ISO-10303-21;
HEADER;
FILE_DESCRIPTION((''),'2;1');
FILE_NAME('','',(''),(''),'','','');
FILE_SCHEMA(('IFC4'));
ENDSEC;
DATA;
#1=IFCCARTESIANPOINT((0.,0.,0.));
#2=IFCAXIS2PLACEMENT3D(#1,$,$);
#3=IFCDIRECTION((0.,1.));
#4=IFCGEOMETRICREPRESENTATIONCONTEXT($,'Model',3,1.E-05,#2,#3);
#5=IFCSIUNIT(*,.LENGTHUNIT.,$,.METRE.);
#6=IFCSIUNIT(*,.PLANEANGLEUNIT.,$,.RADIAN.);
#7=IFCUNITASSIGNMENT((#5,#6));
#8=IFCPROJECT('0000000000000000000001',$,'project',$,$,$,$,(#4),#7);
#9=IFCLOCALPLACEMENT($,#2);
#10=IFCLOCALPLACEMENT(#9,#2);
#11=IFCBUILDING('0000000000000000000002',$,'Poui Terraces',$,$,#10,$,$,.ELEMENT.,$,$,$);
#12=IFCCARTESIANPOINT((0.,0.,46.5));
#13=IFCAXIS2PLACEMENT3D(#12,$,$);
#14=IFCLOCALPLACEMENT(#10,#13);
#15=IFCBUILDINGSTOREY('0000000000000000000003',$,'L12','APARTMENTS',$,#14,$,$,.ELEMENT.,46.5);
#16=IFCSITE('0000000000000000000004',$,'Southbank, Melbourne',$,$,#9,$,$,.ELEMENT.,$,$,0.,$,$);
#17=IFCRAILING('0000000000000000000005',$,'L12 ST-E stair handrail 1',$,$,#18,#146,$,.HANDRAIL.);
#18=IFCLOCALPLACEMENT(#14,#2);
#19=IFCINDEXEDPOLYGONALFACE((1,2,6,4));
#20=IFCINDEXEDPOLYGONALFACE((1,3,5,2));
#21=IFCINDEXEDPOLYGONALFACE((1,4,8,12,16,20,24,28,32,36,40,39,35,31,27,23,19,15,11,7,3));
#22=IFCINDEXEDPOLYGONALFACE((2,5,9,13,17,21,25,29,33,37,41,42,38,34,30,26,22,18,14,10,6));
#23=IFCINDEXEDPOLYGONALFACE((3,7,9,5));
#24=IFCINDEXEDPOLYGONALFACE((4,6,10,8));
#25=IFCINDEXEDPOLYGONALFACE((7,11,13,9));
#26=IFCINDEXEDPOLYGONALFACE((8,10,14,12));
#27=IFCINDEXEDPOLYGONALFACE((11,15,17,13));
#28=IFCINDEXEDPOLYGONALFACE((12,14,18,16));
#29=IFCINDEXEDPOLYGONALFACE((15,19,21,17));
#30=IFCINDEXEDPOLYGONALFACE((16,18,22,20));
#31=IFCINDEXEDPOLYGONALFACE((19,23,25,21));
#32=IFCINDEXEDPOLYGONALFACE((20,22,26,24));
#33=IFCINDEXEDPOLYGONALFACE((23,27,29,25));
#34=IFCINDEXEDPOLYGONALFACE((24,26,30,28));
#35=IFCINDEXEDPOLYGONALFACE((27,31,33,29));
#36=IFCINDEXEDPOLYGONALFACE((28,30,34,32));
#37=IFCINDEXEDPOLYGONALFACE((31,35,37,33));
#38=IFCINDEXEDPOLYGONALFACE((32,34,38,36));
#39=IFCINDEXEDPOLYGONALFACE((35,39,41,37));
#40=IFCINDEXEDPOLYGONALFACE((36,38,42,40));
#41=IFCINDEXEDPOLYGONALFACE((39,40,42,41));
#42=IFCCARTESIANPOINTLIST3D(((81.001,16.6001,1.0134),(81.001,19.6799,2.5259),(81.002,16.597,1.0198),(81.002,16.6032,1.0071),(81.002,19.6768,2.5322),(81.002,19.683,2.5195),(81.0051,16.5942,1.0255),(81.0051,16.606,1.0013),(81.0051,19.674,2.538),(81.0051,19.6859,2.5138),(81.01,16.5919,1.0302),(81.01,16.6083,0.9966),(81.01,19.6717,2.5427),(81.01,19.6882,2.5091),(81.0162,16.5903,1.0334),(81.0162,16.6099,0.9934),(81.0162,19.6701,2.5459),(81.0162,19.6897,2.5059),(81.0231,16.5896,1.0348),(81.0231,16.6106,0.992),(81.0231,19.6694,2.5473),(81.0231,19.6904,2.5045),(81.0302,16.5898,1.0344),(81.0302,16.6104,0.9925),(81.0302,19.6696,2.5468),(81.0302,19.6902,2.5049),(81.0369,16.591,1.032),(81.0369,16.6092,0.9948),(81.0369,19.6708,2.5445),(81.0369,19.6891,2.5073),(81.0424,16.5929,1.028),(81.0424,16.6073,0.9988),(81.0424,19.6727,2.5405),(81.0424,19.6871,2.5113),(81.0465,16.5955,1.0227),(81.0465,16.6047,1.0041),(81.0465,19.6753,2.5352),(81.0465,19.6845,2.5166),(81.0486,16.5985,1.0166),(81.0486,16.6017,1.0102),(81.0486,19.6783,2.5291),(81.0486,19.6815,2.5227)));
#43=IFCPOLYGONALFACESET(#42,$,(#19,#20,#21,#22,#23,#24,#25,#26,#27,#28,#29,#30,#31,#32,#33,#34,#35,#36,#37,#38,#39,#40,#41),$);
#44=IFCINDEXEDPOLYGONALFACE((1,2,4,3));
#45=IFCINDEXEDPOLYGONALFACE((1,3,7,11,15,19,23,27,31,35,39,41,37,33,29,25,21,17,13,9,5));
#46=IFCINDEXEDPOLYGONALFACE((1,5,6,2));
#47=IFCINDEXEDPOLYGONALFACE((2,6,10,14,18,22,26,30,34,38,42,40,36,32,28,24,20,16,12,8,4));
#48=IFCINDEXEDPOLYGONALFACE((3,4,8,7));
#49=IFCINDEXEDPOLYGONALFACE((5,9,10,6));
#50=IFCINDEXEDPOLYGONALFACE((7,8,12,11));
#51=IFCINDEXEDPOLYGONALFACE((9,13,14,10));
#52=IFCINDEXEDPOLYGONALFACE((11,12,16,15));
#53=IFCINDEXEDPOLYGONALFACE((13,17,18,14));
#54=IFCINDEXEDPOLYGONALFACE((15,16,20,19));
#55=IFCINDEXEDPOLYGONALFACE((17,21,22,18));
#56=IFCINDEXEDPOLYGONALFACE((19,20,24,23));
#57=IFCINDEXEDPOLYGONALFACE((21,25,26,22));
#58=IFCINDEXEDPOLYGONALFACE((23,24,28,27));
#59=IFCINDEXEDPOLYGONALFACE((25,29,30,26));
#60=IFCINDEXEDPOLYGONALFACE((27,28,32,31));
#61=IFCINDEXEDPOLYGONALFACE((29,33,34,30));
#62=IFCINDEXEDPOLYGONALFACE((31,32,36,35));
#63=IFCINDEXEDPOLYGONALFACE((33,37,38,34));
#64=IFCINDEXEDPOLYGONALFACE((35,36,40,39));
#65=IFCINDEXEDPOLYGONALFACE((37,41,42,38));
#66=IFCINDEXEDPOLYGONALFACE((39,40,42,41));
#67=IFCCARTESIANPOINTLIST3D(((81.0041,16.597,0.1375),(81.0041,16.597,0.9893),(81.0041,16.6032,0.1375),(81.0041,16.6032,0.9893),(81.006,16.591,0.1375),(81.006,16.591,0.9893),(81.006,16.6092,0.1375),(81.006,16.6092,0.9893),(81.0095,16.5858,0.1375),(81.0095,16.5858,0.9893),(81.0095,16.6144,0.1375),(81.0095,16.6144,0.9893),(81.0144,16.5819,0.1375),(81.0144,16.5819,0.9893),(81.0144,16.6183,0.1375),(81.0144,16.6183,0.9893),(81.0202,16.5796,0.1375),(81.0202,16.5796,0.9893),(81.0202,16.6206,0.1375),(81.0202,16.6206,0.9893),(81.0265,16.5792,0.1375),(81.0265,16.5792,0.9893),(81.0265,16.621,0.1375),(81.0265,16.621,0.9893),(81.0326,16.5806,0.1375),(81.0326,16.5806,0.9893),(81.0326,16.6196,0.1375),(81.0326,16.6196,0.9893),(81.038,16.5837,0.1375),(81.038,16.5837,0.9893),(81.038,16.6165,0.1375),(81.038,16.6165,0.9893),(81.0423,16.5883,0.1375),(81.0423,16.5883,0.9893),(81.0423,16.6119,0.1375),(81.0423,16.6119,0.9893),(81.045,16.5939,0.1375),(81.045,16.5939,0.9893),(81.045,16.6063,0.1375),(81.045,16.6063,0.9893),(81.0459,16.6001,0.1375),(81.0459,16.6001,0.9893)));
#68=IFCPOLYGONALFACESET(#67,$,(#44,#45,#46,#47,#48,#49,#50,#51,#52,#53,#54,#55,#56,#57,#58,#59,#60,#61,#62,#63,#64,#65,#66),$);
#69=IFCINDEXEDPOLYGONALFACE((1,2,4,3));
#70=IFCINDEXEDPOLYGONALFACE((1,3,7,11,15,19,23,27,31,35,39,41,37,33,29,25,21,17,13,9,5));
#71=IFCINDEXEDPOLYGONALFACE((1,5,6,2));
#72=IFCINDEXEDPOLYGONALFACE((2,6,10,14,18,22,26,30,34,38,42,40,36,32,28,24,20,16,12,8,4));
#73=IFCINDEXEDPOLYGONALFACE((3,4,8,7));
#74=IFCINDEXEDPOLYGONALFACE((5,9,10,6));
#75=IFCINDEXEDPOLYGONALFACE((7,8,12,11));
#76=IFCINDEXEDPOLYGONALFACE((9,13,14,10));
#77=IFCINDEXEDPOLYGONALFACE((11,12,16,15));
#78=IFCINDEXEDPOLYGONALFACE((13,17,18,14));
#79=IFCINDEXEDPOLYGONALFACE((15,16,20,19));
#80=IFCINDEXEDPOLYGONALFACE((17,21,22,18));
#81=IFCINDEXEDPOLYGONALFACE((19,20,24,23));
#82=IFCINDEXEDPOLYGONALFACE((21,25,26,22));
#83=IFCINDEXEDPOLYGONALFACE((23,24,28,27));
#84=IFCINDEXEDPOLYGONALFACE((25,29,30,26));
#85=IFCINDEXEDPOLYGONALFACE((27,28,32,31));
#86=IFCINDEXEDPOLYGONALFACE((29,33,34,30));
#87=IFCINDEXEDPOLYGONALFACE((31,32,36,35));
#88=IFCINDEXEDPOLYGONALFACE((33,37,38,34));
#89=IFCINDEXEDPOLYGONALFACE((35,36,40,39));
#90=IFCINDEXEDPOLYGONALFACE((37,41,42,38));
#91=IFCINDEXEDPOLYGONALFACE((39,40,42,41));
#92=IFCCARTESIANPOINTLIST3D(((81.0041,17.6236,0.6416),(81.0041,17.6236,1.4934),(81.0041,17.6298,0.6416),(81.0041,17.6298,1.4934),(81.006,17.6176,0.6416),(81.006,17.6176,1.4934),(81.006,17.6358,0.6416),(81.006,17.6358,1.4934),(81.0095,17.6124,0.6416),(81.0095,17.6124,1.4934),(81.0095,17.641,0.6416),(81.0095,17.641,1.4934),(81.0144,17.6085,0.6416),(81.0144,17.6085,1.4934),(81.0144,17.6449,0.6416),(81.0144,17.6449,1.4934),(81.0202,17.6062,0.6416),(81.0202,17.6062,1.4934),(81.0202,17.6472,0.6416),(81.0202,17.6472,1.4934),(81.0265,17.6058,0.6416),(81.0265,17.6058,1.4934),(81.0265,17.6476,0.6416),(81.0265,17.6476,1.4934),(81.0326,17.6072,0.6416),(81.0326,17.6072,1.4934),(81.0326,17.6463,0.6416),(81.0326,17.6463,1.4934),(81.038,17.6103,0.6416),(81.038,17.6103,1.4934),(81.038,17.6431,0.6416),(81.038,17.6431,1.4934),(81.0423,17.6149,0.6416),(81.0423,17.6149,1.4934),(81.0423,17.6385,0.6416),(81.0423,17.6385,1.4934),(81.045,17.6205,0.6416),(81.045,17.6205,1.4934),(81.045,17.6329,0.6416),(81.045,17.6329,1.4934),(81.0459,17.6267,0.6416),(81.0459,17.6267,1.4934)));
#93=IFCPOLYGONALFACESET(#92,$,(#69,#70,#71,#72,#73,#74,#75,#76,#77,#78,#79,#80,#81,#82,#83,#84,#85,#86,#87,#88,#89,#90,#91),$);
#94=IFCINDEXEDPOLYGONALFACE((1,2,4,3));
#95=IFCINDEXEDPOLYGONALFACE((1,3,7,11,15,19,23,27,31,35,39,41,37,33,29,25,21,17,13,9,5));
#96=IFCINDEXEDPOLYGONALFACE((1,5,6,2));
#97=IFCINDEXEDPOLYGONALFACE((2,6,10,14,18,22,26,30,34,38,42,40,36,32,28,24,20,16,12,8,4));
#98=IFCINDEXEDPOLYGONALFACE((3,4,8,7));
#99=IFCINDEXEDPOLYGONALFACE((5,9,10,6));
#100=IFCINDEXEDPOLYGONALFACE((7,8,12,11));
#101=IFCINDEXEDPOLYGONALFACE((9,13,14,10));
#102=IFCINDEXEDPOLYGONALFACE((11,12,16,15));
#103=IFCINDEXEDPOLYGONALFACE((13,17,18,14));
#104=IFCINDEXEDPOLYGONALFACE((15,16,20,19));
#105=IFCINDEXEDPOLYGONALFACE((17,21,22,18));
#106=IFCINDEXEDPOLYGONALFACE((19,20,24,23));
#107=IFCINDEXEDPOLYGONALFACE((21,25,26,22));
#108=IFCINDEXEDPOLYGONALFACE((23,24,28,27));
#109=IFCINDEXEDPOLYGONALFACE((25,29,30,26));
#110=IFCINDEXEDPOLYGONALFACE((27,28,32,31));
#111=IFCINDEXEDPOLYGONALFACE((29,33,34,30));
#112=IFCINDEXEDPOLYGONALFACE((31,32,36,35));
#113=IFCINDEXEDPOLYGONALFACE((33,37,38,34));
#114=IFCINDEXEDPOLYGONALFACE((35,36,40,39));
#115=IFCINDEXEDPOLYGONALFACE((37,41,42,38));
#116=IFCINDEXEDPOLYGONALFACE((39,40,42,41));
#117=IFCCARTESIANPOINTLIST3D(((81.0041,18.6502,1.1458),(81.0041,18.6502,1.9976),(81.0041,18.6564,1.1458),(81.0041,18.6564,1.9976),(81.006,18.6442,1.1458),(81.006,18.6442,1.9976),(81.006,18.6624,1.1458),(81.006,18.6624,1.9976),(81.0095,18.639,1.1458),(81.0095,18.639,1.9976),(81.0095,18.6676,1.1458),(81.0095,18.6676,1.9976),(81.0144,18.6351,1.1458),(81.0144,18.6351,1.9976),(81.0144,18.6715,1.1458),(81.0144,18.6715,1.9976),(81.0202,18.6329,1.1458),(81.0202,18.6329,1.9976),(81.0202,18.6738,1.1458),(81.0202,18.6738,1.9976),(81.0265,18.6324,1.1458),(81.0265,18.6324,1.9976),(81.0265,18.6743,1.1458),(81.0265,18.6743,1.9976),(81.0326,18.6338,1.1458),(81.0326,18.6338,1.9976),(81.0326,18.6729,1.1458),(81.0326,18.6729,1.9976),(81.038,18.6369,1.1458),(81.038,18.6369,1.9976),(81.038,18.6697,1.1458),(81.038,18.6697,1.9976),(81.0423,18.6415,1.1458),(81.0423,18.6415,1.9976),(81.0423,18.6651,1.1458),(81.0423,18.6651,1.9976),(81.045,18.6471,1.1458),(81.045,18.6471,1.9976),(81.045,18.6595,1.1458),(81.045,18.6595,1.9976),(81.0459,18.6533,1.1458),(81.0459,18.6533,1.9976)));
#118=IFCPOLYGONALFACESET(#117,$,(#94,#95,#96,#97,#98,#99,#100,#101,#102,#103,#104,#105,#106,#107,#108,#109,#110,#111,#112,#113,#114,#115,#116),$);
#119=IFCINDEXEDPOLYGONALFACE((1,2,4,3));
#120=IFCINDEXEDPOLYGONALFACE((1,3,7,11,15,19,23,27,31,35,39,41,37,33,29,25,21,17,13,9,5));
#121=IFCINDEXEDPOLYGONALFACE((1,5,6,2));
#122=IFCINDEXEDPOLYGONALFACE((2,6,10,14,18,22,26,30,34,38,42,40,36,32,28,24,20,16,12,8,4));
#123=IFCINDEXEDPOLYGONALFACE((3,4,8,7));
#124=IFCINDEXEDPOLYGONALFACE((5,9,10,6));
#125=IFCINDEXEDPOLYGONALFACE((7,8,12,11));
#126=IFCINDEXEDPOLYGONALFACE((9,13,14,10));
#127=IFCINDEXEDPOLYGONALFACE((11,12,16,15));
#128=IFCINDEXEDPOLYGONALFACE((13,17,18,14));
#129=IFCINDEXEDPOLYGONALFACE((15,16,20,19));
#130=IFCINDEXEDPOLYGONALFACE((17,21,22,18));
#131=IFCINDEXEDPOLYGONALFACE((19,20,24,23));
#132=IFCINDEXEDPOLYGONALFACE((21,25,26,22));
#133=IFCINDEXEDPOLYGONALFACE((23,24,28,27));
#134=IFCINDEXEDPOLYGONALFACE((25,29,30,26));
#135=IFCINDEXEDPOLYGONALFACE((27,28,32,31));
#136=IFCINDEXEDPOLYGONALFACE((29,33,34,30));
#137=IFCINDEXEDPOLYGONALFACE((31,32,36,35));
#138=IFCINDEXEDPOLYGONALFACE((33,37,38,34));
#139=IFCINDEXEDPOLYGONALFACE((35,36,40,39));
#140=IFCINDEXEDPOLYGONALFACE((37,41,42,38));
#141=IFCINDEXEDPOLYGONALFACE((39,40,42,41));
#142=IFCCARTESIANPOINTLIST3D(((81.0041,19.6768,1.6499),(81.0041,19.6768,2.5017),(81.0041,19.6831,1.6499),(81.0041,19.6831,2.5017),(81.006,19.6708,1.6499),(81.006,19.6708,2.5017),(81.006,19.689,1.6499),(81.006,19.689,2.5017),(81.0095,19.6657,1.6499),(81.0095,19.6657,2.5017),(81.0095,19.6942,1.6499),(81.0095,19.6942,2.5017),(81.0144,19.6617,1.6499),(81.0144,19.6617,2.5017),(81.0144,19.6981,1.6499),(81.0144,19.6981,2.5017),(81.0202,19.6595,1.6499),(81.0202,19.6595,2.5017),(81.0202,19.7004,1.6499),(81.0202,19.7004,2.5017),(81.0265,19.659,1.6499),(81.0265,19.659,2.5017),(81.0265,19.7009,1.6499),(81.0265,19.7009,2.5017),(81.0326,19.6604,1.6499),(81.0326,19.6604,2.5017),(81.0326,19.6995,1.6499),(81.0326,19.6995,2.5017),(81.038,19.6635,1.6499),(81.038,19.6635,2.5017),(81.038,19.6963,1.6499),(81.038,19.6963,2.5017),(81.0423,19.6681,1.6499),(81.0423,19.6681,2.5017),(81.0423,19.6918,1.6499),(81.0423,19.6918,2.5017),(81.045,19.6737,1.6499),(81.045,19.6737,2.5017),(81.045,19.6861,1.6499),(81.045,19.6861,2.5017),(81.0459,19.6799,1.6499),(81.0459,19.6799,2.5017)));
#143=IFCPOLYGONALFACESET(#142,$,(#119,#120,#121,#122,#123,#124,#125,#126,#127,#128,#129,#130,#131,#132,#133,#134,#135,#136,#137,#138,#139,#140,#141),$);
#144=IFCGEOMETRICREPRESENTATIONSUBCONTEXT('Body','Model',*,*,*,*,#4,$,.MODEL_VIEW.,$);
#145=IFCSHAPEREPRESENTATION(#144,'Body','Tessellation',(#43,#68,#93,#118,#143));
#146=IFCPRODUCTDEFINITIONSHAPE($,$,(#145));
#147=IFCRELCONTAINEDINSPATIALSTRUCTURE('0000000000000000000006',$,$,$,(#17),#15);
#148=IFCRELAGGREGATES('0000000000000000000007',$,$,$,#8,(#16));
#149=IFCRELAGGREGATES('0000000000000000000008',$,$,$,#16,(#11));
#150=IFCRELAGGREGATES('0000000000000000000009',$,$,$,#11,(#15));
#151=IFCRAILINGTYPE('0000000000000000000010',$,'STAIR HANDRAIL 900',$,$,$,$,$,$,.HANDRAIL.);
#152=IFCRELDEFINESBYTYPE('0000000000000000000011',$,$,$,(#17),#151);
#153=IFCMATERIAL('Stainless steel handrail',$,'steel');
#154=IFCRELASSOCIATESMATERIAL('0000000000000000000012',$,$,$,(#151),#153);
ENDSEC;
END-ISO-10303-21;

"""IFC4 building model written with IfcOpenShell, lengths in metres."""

from ifc_helpers import new_model, si_unit, direction, frame, origin, origin_2d, place, context, subcontext, project, spatial, circle, extrude, material, type_object, element, save


model = new_model("IFC4")

# Units and contexts
model_context = context("Model", 3, precision=1e-05, world=origin(), true_north=direction((0.0, 1.0)))
body_context = subcontext(model_context, "Body", "Model", "MODEL_VIEW")
ifc_project = project(units=[si_unit("LENGTHUNIT", "METRE"), si_unit("PLANEANGLEUNIT", "RADIAN")], contexts=[model_context])

# Site, building, storey
site_placement = place(None, origin())
site = spatial("IfcSite", under=ifc_project, at=site_placement, Name="Southbank, Melbourne", CompositionType="ELEMENT", RefElevation=0.0)
building_placement = place(site_placement, origin())
building = spatial("IfcBuilding", under=site, at=building_placement, Name="Poui Terraces", CompositionType="ELEMENT")
storey_placement = place(building_placement, frame((0.0, 0.0, 46.5)))
storey = spatial("IfcBuildingStorey", under=building, at=storey_placement, Name="L12", Description="APARTMENTS", CompositionType="ELEMENT", Elevation=46.5)

# Railing
ifc_material_1 = material(Name="Stainless steel handrail", Category="steel")
railing_type_1 = type_object("IfcRailingType", Name="STAIR HANDRAIL 900", PredefinedType="HANDRAIL", material=ifc_material_1)
railing_1_placement = place(storey_placement, frame((81.0249, 16.6001, 0.1375)))
element("IfcRailing", 1, at=railing_1_placement, inside=storey, type_object=railing_type_1, Name="L12 ST-E stair handrail 1", PredefinedType="HANDRAIL", context=body_context, shape_type="SweptSolid", body=[
    extrude(circle(Radius=0.0239, at=origin_2d()), frame((0.0, 0.0, 0.876), z_axis=(0.0, 0.897606, 0.440798), x_axis=(-1.0, 0.0, 0.0)), (0.0, 0.0, 1.0), 3.4312),
    extrude(circle(Radius=0.021, at=origin_2d()), origin(), (0.0, 0.0, 1.0), 0.8518),
    extrude(circle(Radius=0.021, at=origin_2d()), frame((0.0, 1.0266, 0.5042)), (0.0, 0.0, 1.0), 0.8518),
    extrude(circle(Radius=0.021, at=origin_2d()), frame((0.0, 2.0532, 1.0083)), (0.0, 0.0, 1.0), 0.8518),
    extrude(circle(Radius=0.021, at=origin_2d()), frame((0.0, 3.0798, 1.5125)), (0.0, 0.0, 1.0), 0.8518),
])

save(model, "model.ifc")
